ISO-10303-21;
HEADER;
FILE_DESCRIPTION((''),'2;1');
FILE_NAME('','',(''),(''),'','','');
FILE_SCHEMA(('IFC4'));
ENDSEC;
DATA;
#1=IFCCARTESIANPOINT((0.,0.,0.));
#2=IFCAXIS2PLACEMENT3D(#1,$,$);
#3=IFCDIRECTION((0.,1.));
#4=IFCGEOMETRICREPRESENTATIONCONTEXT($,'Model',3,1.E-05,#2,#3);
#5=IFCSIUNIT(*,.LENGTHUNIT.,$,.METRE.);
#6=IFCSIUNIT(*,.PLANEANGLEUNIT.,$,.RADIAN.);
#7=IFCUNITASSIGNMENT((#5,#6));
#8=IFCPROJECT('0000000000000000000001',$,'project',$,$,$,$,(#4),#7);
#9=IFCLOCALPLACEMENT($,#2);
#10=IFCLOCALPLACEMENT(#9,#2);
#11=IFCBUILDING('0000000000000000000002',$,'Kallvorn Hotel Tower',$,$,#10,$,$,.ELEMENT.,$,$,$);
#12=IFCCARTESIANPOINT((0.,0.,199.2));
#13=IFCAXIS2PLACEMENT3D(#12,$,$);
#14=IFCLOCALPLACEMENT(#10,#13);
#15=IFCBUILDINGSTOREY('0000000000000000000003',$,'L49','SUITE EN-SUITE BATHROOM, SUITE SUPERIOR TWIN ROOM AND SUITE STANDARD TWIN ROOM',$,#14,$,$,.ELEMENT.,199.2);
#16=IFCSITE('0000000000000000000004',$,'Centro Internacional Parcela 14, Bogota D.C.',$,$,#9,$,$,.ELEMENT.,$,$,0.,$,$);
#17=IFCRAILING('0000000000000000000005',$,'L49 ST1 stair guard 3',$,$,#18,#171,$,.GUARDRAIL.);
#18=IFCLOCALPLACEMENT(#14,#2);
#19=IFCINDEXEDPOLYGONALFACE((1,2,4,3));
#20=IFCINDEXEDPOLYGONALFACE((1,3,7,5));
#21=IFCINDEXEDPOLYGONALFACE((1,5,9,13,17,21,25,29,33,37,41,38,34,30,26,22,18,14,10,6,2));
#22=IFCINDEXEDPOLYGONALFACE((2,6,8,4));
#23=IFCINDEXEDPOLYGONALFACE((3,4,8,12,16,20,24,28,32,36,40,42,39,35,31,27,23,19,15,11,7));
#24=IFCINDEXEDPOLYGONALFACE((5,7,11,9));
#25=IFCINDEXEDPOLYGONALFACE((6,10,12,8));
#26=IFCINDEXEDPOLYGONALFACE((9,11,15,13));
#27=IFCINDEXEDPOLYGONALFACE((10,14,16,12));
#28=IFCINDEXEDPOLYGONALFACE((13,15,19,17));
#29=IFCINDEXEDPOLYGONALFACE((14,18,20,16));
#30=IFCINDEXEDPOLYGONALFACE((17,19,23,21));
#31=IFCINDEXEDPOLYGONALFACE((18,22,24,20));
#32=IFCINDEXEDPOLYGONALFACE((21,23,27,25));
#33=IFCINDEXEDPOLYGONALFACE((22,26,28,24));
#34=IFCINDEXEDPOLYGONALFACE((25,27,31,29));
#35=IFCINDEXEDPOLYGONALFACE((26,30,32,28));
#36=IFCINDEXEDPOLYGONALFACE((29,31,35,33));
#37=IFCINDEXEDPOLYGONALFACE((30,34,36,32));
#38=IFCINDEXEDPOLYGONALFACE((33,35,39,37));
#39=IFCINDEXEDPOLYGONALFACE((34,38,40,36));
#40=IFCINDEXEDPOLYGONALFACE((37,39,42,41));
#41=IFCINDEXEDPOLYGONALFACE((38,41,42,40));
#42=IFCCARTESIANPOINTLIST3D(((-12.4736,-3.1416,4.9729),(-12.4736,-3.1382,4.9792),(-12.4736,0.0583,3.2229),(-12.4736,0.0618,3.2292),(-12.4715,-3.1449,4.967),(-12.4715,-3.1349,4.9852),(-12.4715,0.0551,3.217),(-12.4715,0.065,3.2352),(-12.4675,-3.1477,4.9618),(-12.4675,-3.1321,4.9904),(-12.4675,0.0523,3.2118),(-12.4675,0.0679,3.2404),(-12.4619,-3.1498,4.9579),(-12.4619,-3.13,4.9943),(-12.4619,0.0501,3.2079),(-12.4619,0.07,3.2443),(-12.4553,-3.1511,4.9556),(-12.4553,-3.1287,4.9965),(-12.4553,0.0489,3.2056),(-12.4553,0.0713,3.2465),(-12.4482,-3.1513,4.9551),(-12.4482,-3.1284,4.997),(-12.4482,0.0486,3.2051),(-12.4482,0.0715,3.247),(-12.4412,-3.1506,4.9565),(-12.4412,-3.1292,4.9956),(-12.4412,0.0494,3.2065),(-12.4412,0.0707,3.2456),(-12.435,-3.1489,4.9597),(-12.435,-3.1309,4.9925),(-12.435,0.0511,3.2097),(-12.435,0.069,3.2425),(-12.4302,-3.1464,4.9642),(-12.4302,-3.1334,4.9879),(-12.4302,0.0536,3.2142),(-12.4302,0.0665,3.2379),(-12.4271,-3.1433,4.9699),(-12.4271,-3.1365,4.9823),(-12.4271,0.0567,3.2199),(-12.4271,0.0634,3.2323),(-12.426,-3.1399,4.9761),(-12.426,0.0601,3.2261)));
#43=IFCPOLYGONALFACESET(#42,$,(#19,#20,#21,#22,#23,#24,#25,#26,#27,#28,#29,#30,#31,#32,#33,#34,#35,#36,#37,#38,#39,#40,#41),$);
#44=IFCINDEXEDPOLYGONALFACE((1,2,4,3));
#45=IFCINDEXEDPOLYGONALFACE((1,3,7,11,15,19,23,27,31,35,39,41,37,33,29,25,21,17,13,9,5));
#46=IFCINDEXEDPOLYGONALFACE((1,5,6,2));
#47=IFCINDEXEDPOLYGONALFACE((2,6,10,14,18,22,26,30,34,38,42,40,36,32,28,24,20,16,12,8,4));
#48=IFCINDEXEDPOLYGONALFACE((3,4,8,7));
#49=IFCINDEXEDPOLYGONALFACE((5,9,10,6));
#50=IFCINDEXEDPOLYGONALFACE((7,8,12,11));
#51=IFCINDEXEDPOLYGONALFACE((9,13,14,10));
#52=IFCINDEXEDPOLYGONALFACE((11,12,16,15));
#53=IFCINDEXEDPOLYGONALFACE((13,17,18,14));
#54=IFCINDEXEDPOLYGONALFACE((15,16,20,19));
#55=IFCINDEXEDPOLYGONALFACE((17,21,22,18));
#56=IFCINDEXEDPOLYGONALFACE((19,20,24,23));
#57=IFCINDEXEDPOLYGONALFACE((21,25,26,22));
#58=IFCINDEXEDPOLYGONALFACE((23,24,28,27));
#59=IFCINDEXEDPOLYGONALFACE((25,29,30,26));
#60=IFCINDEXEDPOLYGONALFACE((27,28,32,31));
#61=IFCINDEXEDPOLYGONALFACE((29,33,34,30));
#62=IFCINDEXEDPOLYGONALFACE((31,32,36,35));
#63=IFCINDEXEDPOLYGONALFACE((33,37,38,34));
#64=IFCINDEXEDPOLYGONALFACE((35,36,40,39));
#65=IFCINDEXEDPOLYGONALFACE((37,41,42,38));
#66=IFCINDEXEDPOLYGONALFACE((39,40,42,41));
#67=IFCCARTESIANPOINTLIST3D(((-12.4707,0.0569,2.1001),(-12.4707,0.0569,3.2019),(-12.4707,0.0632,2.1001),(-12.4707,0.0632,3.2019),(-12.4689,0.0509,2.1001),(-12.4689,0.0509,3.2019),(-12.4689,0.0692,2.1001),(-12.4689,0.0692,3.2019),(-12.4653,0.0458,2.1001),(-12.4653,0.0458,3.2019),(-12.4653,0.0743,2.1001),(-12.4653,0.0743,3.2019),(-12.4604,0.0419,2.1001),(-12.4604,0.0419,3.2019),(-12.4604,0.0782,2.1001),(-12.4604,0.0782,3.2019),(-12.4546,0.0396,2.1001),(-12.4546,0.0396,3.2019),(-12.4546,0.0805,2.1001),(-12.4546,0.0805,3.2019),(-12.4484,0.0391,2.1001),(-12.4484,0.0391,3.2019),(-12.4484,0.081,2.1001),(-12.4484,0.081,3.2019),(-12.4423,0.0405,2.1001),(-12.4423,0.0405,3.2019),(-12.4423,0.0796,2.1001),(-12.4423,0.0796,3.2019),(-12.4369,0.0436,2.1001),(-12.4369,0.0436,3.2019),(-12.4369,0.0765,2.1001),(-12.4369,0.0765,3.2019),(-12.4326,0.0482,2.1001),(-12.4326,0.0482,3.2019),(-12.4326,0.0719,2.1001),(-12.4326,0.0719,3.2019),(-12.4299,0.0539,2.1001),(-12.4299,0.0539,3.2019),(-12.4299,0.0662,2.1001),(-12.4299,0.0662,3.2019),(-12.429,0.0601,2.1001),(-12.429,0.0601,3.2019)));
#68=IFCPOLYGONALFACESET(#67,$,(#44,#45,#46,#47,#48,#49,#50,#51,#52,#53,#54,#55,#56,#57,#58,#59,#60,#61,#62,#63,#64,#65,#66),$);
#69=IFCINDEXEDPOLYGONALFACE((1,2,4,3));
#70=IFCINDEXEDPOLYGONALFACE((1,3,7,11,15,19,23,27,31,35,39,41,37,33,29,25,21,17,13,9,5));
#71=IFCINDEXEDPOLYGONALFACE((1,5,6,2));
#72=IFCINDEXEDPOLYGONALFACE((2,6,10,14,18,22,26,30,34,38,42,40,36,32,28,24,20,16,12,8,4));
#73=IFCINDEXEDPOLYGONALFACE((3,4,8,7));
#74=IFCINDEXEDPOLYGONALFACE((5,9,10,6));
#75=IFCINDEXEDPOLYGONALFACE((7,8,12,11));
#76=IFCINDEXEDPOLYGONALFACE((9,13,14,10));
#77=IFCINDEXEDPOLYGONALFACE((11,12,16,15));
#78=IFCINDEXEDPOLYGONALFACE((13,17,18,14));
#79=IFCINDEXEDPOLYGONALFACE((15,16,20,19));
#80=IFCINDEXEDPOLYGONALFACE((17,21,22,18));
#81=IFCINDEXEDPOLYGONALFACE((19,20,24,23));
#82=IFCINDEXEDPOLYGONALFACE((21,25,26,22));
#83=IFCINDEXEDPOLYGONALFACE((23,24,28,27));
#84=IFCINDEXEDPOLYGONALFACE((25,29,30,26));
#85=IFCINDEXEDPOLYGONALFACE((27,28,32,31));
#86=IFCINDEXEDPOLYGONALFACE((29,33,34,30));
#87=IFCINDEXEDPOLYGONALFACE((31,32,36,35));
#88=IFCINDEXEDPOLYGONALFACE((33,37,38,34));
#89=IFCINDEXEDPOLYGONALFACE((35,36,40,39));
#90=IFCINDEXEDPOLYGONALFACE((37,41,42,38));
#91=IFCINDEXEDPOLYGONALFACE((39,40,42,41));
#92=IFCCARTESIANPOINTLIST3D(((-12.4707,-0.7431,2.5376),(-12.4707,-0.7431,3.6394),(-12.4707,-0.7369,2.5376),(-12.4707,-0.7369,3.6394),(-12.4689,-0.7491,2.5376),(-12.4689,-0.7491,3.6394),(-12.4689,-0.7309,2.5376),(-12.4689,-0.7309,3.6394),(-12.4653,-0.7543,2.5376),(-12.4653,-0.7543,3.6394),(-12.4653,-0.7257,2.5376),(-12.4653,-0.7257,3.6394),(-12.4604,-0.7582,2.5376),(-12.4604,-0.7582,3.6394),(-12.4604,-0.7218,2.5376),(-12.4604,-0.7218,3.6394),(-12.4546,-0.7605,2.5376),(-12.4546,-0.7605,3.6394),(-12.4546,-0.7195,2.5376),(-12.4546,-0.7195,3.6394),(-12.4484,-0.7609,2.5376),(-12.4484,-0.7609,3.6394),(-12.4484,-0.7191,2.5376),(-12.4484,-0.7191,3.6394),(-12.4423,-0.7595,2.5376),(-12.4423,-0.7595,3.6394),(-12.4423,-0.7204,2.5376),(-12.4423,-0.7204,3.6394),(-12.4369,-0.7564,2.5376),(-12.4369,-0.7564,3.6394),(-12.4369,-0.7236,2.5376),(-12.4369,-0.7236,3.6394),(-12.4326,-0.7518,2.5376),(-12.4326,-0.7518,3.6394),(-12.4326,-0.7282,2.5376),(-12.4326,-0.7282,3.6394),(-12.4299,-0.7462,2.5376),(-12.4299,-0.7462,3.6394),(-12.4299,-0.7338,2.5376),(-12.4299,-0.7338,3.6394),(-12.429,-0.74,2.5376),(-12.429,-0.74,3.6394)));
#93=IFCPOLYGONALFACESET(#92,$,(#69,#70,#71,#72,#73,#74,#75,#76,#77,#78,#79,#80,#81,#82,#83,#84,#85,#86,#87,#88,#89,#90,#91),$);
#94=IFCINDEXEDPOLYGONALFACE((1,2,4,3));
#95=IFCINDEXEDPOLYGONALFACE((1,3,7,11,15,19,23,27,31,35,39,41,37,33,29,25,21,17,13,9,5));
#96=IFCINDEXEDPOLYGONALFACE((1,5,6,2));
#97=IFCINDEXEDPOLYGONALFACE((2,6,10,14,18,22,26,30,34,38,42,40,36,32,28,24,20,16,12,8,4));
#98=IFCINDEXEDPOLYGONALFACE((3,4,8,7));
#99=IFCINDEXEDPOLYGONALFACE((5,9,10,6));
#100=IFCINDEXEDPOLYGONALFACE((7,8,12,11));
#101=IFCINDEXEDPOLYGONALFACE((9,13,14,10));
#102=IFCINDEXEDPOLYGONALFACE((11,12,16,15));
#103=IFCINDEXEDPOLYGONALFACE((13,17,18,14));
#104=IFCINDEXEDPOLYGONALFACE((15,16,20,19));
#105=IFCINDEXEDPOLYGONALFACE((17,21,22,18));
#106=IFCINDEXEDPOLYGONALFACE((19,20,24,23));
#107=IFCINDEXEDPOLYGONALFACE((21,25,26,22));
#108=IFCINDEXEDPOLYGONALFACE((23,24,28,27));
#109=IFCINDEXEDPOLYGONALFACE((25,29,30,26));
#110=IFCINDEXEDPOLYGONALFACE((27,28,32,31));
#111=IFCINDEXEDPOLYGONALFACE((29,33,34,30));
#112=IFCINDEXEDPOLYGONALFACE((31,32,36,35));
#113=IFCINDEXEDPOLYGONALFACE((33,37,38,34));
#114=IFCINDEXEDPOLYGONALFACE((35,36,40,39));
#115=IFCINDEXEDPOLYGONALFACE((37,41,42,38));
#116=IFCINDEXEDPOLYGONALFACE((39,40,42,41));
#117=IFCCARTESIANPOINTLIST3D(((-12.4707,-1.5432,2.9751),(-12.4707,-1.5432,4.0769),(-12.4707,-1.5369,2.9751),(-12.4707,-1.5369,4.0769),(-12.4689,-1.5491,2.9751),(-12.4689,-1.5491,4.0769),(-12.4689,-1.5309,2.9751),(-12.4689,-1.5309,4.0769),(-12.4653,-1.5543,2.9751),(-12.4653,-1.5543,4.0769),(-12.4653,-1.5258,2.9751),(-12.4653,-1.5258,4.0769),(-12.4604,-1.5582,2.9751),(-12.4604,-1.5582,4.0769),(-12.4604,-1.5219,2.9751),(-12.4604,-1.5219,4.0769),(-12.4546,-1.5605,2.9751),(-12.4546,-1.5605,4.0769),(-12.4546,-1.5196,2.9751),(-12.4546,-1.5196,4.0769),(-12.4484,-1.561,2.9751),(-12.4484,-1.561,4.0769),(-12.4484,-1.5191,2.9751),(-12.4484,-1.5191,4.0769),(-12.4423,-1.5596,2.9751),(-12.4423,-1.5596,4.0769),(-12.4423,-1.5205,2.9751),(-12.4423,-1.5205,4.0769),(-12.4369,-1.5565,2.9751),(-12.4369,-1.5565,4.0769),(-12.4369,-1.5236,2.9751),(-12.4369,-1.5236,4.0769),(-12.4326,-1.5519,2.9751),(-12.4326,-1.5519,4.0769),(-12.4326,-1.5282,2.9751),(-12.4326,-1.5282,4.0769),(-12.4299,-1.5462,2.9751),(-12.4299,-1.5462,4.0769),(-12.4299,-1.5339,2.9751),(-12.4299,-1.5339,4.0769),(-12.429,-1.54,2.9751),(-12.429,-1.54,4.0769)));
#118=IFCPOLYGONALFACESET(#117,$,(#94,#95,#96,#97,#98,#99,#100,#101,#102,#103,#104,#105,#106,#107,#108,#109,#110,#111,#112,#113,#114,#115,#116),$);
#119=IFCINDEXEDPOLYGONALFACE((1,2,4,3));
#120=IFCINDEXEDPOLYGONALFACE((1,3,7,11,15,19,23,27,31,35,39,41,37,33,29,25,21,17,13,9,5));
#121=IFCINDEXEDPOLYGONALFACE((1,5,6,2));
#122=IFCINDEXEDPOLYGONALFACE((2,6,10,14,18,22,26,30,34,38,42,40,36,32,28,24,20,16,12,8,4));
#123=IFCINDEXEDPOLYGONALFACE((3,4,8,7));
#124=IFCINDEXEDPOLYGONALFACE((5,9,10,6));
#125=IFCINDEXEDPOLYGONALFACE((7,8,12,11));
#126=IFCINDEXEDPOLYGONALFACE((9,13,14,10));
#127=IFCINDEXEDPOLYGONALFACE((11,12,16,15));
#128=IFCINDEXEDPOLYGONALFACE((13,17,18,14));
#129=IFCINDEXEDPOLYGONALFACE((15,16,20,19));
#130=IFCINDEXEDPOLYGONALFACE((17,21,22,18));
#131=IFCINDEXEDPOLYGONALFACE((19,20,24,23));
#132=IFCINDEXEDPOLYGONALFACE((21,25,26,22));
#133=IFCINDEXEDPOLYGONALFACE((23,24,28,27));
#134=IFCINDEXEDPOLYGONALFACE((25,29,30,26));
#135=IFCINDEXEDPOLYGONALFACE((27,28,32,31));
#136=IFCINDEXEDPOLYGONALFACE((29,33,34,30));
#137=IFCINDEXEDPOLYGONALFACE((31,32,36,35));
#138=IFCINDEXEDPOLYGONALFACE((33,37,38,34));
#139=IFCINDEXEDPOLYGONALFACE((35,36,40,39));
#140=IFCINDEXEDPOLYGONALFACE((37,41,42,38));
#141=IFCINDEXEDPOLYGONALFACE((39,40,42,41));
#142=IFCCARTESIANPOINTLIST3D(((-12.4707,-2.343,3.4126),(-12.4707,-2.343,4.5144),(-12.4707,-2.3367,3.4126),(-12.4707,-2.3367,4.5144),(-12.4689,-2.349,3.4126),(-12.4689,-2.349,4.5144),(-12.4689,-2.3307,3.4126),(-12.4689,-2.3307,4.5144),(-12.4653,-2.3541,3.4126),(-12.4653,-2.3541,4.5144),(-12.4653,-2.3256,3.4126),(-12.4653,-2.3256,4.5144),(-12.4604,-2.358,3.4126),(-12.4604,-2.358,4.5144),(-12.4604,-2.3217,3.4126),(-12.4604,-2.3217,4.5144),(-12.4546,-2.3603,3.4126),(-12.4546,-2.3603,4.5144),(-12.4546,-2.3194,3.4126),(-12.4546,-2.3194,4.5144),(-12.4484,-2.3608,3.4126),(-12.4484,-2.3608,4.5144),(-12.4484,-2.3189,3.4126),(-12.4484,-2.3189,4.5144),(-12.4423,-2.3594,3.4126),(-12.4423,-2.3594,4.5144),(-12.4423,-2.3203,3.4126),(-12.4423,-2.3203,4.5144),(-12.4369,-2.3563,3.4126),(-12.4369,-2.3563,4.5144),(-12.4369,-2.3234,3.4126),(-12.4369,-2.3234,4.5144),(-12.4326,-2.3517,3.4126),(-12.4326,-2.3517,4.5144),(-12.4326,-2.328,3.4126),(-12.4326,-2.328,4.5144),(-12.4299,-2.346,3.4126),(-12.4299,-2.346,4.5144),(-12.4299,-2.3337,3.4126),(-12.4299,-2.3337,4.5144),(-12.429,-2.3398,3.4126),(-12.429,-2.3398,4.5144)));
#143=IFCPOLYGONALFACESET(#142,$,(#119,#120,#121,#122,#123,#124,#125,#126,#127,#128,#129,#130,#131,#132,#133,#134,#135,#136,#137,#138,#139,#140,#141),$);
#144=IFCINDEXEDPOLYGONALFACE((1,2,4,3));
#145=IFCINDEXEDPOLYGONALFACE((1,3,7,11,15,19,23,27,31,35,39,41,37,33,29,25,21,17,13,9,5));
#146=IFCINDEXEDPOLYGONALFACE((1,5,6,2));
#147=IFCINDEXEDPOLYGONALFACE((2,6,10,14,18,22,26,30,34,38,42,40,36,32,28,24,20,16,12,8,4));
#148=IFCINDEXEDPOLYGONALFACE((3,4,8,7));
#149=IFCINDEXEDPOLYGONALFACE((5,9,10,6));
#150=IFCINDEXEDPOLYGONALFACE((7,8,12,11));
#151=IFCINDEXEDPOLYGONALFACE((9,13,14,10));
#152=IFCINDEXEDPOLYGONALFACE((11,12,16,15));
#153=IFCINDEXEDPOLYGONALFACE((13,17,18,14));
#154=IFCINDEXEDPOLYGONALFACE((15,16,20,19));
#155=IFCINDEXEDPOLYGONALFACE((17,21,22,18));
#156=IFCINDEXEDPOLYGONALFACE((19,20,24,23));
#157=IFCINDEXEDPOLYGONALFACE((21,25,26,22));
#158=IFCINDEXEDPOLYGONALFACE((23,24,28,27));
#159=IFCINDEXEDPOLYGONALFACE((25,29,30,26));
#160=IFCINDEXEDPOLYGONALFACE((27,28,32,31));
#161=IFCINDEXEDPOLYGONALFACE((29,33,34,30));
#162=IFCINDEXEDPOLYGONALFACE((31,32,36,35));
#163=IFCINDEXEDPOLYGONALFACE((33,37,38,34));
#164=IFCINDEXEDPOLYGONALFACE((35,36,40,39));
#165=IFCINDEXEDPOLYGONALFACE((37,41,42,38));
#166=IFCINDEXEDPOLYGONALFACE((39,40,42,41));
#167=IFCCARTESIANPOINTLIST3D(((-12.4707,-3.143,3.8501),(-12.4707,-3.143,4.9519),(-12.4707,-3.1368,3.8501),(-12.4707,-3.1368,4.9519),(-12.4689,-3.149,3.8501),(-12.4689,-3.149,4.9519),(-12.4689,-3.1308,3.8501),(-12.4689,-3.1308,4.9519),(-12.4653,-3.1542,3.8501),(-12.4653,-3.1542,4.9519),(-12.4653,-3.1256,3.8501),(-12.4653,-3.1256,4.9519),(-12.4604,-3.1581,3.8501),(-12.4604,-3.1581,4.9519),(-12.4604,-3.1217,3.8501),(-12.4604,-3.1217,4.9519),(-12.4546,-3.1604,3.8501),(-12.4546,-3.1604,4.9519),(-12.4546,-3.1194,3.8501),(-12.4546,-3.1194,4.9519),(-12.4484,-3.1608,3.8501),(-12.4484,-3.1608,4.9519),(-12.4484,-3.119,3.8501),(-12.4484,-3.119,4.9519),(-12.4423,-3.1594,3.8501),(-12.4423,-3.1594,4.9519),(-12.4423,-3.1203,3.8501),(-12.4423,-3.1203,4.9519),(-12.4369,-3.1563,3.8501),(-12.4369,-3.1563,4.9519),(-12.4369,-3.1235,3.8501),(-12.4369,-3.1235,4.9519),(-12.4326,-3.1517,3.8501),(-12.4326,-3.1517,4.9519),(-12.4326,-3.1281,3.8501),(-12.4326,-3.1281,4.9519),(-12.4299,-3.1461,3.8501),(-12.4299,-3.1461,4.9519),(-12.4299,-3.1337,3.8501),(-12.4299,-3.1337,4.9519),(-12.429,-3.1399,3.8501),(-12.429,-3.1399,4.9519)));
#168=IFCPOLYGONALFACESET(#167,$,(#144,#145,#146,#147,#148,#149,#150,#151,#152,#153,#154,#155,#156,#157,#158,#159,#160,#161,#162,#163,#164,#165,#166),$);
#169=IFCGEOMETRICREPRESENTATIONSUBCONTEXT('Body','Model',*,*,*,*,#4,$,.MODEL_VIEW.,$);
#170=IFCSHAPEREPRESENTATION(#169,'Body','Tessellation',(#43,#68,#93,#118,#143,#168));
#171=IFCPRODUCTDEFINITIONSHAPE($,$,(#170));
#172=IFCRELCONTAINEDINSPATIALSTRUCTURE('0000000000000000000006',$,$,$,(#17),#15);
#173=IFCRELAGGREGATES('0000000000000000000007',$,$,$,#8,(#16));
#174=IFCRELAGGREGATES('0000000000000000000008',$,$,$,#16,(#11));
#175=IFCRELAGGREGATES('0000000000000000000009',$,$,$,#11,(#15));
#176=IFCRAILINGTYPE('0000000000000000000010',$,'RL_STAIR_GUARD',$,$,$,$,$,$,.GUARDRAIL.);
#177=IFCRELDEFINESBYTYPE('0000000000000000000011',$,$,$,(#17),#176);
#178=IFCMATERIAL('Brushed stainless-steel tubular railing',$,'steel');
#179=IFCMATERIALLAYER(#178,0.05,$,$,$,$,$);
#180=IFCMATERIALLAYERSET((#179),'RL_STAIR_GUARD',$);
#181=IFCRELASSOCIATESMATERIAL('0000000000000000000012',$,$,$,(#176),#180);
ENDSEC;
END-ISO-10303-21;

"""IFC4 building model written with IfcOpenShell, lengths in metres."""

from ifc_helpers import new_model, si_unit, direction, frame, origin, origin_2d, place, context, subcontext, project, spatial, circle, extrude, material, layer, layer_set, type_object, element, save


model = new_model("IFC4")

# Units and contexts
model_context = context("Model", 3, precision=1e-05, world=origin(), true_north=direction((0.0, 1.0)))
body_context = subcontext(model_context, "Body", "Model", "MODEL_VIEW")
ifc_project = project(units=[si_unit("LENGTHUNIT", "METRE"), si_unit("PLANEANGLEUNIT", "RADIAN")], contexts=[model_context])

# Site, building, storey
site_placement = place(None, origin())
site = spatial("IfcSite", under=ifc_project, at=site_placement, Name="Centro Internacional Parcela 14, Bogota D.C.", CompositionType="ELEMENT", RefElevation=0.0)
building_placement = place(site_placement, origin())
building = spatial("IfcBuilding", under=site, at=building_placement, Name="Kallvorn Hotel Tower", CompositionType="ELEMENT")
storey_placement = place(building_placement, frame((0.0, 0.0, 199.2)))
storey = spatial("IfcBuildingStorey", under=building, at=storey_placement, Name="L49", Description="SUITE EN-SUITE BATHROOM, SUITE SUPERIOR TWIN ROOM AND SUITE STANDARD TWIN ROOM", CompositionType="ELEMENT", Elevation=199.2)

# Railing
ifc_material_1 = material(Name="Brushed stainless-steel tubular railing", Category="steel")
ifc_layer_1 = layer(ifc_material_1, 0.05)
ifc_layer_set_1 = layer_set([ifc_layer_1], Name="RL_STAIR_GUARD")
railing_type_1 = type_object("IfcRailingType", Name="RL_STAIR_GUARD", PredefinedType="GUARDRAIL", material=ifc_layer_set_1)
railing_1_placement = place(storey_placement, frame((-12.45, 0.0601, 2.1001)))
element("IfcRailing", 1, at=railing_1_placement, inside=storey, type_object=railing_type_1, Name="L49 ST1 stair guard 3", PredefinedType="GUARDRAIL", context=body_context, shape_type="SweptSolid", body=[
    extrude(circle(Radius=0.0239, at=origin_2d()), frame((0.0, 0.0, 1.126), z_axis=(0.0, -0.877368, 0.479818), x_axis=(1.0, 0.0, 0.0)), (0.0, 0.0, 1.0), 3.6472),
    extrude(circle(Radius=0.021, at=origin_2d()), origin(), (0.0, 0.0, 1.0), 1.1018),
    extrude(circle(Radius=0.021, at=origin_2d()), frame((0.0, -0.8, 0.4375)), (0.0, 0.0, 1.0), 1.1018),
    extrude(circle(Radius=0.021, at=origin_2d()), frame((0.0, -1.6001, 0.875)), (0.0, 0.0, 1.0), 1.1018),
    extrude(circle(Radius=0.021, at=origin_2d()), frame((0.0, -2.3999, 1.3125)), (0.0, 0.0, 1.0), 1.1018),
    extrude(circle(Radius=0.021, at=origin_2d()), frame((0.0, -3.2, 1.75)), (0.0, 0.0, 1.0), 1.1018),
])

save(model, "model.ifc")
